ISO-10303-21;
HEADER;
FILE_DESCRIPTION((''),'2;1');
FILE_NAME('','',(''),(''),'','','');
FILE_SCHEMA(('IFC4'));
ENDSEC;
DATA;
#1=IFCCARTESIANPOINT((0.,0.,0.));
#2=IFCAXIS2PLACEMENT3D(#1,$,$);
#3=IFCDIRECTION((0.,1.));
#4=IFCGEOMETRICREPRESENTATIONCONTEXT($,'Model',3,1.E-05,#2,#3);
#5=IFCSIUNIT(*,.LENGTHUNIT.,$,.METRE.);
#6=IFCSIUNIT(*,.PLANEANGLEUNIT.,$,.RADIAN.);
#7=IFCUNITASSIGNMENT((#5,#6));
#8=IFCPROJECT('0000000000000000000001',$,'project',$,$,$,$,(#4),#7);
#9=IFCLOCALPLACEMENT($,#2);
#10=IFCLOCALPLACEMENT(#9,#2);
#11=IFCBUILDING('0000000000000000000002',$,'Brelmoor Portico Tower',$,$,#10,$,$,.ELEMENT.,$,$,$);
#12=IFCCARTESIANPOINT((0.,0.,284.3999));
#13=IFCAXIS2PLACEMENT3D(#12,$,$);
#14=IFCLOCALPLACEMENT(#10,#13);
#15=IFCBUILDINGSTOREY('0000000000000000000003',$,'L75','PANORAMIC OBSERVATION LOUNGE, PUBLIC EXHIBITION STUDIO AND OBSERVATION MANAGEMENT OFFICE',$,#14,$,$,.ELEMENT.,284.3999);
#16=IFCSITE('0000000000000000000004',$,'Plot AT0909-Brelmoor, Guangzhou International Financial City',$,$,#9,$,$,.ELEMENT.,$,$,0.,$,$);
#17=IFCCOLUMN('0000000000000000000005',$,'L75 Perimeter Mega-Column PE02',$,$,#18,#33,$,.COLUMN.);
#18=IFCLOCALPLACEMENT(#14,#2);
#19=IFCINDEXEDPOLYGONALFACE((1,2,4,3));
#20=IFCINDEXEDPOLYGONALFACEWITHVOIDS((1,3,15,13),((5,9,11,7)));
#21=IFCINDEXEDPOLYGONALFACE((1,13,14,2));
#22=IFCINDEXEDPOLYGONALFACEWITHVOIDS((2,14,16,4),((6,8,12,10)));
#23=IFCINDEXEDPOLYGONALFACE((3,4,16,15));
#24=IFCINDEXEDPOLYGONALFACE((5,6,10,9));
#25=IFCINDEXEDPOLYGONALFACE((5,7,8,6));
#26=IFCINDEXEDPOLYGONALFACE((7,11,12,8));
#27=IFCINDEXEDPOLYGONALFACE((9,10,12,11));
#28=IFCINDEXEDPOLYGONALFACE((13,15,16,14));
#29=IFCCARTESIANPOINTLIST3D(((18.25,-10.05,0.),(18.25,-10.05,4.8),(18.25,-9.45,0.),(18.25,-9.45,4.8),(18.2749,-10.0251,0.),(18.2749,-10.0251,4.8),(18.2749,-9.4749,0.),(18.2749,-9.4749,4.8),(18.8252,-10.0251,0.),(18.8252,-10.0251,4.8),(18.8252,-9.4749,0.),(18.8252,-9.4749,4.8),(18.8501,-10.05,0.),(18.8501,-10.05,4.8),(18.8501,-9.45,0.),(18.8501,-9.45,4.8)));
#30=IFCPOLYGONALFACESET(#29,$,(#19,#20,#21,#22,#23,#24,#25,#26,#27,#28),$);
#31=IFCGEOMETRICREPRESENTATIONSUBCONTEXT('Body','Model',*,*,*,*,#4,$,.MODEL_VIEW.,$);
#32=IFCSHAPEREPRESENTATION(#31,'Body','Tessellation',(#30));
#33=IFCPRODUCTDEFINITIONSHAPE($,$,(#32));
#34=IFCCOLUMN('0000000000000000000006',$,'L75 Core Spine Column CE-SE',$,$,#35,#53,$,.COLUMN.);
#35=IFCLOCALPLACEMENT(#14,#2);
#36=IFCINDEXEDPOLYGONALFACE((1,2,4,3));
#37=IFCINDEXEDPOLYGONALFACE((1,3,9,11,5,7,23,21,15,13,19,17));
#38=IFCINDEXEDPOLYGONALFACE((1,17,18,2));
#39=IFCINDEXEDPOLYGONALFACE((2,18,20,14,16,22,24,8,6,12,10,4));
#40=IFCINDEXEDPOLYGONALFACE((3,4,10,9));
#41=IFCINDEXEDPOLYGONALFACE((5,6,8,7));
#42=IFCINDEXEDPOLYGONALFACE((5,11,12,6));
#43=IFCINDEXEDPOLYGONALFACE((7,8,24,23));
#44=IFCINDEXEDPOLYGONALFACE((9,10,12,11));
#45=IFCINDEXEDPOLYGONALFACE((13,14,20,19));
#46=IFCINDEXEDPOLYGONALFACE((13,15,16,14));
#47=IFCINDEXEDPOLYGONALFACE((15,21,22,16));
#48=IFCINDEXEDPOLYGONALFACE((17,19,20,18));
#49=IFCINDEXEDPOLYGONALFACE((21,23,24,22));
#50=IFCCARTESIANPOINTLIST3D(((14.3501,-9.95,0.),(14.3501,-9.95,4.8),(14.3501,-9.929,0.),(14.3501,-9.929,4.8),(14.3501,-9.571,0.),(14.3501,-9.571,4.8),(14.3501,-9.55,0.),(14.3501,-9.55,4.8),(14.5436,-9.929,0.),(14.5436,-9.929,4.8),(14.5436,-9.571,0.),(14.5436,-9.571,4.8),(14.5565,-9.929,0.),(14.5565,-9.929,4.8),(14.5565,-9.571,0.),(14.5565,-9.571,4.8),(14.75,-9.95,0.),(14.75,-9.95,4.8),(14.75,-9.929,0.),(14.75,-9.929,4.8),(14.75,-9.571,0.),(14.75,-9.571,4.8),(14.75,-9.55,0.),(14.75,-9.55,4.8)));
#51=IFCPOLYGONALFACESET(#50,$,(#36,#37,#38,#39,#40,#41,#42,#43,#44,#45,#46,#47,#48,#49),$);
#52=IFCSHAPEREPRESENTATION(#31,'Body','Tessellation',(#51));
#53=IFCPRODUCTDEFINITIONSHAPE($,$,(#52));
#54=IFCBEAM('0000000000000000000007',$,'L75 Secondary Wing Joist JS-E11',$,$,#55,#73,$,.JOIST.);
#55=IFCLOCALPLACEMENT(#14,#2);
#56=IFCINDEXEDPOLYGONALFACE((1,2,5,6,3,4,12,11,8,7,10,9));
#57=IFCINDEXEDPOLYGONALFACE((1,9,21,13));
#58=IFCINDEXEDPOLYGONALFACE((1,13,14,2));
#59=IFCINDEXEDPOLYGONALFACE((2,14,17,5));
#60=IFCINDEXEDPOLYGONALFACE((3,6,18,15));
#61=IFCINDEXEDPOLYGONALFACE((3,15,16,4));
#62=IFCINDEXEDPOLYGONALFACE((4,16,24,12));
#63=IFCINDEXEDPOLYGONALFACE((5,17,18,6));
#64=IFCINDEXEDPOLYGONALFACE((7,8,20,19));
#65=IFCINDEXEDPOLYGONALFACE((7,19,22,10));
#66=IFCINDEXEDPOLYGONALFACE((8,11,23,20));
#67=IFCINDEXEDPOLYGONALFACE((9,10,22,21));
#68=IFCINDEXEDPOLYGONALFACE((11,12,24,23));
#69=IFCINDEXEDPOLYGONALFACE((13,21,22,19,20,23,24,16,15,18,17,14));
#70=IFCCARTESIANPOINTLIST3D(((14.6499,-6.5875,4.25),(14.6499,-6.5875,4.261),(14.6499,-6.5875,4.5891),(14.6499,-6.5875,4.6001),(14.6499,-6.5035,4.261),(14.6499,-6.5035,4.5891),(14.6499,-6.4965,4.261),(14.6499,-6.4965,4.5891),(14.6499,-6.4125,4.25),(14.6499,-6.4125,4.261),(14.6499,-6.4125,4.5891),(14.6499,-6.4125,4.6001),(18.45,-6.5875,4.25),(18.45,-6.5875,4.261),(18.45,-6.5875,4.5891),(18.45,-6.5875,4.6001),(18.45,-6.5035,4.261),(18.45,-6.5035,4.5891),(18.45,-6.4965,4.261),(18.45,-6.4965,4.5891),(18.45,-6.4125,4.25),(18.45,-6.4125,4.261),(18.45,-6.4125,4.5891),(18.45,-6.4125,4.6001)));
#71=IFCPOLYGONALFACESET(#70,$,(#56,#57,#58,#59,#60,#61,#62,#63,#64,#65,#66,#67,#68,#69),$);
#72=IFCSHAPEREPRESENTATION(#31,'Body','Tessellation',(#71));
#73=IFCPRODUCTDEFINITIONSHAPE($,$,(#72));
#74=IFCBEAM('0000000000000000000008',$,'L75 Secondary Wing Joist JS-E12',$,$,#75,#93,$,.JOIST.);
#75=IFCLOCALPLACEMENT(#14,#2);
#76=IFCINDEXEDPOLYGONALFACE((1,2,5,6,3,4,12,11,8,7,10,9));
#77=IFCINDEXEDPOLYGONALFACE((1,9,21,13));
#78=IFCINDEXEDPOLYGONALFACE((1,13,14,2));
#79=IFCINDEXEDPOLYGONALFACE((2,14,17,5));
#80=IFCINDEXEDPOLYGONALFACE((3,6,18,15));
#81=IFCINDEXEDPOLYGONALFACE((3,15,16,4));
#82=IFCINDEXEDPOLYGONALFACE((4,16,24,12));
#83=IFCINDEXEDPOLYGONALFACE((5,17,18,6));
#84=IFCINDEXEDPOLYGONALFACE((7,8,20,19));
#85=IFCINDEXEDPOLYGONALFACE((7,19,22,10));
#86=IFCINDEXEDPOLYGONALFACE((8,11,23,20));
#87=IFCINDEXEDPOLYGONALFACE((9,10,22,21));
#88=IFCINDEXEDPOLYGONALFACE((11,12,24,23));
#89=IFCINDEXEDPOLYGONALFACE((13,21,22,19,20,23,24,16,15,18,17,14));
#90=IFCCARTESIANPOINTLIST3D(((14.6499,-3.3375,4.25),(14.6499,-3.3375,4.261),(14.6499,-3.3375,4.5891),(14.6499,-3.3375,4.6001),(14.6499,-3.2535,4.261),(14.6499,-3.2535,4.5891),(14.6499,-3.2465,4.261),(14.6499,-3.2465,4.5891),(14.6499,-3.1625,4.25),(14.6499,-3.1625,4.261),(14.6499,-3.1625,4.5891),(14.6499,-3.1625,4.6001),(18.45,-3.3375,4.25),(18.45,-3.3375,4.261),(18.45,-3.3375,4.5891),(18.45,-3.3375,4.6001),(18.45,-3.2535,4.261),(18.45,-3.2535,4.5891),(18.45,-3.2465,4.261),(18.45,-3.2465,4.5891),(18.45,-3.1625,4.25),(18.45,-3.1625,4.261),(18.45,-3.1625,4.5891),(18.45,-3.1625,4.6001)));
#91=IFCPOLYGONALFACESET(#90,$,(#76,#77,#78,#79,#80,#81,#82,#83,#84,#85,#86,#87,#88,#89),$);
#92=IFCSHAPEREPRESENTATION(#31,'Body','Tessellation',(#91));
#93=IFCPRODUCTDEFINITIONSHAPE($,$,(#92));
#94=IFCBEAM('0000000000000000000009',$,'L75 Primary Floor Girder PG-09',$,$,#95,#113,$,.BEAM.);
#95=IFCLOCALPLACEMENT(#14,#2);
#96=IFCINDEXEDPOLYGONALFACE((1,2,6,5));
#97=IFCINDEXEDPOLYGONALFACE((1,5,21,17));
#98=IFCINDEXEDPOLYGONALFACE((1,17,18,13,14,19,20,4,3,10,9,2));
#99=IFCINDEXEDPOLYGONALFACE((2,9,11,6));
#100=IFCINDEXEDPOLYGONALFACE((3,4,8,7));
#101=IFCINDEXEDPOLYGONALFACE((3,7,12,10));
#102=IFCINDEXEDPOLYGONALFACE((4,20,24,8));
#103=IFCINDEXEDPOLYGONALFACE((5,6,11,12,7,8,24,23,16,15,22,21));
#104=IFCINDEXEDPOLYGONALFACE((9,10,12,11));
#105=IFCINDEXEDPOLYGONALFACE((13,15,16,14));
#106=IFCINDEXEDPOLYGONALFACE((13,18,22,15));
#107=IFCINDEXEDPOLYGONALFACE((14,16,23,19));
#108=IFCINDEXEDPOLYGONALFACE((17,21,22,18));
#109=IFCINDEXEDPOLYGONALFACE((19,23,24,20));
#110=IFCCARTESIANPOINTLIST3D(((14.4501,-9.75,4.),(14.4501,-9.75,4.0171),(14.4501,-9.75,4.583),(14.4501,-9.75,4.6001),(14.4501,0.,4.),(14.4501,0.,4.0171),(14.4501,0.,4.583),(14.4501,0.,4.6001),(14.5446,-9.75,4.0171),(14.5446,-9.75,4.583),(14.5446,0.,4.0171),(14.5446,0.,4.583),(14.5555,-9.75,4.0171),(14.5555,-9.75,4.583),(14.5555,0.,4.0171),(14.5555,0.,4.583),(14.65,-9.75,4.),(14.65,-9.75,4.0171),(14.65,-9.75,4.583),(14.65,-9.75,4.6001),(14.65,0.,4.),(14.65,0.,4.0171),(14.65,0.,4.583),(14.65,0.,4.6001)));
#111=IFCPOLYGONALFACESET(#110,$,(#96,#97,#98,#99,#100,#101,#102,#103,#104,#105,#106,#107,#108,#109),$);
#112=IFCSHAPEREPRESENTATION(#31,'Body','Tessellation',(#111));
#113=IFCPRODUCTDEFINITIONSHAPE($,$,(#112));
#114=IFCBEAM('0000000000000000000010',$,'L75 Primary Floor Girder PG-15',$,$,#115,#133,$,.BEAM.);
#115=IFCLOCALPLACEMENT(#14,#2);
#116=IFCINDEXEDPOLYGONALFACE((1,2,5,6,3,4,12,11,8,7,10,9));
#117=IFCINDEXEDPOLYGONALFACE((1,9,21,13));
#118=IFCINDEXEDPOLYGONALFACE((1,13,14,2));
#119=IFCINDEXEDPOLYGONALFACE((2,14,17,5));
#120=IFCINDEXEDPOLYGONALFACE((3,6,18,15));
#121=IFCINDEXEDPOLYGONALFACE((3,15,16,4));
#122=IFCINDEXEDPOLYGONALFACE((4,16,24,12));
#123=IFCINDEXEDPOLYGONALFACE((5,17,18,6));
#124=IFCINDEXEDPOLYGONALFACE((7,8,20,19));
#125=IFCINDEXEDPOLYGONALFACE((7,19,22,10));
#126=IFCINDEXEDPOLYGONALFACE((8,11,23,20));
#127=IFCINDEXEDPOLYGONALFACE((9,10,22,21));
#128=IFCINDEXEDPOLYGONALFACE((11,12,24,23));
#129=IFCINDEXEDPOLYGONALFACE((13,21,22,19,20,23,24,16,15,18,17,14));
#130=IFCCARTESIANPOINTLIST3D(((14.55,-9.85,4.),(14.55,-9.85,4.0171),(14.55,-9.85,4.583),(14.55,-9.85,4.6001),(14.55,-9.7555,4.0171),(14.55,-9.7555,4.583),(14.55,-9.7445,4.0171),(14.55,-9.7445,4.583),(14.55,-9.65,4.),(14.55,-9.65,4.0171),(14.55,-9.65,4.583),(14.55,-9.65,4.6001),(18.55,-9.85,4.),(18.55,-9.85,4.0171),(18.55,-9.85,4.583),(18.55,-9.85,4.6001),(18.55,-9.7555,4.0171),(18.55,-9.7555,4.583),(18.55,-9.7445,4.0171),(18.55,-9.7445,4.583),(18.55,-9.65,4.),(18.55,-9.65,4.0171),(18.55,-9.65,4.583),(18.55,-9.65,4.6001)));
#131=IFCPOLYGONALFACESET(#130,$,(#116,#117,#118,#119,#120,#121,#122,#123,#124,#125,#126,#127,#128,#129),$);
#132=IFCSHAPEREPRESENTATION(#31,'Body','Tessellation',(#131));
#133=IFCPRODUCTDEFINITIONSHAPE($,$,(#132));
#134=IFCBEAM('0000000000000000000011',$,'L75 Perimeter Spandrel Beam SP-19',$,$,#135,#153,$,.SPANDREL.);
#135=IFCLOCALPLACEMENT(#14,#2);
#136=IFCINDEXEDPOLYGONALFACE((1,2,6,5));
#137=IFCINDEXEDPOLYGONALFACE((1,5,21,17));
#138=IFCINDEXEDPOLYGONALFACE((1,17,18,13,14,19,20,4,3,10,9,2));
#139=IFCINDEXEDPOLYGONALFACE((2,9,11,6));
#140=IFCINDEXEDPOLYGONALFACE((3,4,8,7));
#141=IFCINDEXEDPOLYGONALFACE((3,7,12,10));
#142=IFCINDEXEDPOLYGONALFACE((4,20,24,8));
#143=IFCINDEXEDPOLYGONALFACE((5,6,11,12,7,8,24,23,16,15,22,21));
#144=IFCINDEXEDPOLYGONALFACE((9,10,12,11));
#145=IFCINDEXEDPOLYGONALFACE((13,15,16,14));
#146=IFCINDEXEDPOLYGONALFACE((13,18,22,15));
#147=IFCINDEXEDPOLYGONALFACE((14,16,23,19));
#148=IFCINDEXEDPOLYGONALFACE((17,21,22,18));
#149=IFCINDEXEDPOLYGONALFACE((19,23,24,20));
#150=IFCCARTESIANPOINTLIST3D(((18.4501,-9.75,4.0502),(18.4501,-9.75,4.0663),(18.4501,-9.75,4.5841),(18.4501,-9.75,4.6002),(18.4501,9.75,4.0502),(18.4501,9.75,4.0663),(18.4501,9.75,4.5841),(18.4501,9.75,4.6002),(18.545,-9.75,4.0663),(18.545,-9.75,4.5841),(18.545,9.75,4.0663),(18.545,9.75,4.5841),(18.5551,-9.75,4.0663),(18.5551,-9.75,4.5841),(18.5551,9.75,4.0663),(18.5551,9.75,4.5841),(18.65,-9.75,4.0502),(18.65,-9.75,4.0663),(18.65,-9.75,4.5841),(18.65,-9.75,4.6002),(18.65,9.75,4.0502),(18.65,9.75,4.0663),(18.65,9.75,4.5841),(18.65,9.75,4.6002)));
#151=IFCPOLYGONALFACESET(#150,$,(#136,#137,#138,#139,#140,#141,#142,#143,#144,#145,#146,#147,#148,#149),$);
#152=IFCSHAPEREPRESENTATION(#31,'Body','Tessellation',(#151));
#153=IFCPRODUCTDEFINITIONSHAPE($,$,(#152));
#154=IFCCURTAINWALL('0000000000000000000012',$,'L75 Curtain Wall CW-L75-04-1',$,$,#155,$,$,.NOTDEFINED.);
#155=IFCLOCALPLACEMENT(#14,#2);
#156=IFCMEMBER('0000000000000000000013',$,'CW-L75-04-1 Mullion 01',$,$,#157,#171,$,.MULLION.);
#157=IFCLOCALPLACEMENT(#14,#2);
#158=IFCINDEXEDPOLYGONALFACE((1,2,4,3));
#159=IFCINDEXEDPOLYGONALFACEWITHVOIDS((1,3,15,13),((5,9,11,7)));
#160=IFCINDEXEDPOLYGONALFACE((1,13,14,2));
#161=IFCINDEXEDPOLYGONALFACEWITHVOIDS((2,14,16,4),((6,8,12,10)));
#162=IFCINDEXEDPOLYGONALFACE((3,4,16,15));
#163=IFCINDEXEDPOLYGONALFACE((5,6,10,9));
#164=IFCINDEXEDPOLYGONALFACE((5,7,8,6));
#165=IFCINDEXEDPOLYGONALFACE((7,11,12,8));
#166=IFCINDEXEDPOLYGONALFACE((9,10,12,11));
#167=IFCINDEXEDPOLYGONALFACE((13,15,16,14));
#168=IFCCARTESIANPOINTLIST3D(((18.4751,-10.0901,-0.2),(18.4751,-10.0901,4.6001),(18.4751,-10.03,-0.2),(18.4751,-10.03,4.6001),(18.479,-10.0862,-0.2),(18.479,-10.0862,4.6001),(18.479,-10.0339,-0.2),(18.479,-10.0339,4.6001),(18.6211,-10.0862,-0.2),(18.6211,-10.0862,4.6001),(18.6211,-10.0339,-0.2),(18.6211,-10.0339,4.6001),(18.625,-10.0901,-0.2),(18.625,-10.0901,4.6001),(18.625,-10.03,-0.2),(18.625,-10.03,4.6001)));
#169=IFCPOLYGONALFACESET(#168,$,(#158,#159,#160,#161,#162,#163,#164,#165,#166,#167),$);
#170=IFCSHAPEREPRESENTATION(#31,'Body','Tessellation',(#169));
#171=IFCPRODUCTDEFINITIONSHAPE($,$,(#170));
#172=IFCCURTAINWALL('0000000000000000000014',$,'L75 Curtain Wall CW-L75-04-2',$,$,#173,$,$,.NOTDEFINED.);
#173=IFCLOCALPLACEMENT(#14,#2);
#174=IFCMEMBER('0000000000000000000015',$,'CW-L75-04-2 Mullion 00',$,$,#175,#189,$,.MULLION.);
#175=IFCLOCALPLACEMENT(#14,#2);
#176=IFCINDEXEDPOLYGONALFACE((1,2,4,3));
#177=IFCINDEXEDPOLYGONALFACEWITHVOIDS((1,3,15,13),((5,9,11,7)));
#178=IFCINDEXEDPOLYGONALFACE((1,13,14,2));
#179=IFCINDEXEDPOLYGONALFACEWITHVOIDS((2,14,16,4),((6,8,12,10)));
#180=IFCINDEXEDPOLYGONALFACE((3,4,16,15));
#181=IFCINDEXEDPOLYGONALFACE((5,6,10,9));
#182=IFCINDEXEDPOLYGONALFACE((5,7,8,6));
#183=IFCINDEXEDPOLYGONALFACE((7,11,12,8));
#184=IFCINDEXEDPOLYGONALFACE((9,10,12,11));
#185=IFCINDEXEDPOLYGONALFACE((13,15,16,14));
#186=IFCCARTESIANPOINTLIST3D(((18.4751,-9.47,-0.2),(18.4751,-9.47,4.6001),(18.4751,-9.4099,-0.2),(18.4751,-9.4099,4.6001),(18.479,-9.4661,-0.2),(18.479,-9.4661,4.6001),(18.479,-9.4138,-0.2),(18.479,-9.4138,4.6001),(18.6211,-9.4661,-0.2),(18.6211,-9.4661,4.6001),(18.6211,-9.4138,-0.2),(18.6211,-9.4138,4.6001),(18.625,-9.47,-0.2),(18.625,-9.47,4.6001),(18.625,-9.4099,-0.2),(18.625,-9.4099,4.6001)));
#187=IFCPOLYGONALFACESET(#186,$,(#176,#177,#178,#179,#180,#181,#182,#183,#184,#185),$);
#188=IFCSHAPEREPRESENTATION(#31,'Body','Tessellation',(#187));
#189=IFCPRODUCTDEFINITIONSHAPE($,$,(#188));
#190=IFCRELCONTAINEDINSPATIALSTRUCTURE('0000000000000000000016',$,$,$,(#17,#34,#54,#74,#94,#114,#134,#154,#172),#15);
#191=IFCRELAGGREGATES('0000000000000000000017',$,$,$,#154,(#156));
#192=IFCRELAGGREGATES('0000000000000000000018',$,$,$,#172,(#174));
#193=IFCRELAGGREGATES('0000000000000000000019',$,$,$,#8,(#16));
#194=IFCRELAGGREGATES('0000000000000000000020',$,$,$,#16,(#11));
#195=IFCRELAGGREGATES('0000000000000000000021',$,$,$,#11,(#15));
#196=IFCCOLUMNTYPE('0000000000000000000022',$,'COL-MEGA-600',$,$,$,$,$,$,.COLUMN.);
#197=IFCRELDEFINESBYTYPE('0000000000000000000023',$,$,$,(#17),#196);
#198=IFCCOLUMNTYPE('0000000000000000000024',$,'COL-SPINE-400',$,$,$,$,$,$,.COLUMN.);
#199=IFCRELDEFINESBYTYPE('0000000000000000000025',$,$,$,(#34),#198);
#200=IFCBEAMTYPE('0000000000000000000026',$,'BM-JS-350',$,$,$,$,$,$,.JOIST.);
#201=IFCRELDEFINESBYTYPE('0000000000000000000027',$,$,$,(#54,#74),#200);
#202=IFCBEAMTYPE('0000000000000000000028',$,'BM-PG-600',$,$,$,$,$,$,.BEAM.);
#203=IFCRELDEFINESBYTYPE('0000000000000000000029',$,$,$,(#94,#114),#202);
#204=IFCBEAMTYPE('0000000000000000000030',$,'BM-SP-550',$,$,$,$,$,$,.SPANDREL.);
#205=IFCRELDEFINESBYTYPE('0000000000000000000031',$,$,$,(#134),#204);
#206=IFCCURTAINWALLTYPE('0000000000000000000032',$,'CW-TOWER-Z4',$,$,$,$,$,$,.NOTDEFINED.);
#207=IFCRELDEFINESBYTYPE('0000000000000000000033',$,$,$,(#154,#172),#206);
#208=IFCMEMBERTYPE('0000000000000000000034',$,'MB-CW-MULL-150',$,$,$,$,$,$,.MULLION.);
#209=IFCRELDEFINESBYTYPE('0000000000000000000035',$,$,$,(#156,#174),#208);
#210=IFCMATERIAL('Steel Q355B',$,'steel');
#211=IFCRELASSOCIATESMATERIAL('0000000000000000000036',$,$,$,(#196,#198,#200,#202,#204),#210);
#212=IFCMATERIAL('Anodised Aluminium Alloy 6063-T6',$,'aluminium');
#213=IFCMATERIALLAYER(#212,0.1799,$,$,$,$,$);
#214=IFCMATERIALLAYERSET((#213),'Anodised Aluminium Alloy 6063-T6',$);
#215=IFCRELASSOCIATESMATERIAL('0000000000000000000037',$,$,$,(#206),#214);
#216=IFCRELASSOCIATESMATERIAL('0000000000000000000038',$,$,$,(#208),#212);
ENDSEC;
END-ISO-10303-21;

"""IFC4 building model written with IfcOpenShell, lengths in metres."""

from ifc_helpers import new_model, si_unit, direction, frame, origin, origin_2d, place, context, subcontext, project, spatial, hollow_rectangle, i_section, extrude, material, layer, layer_set, material_profile, profile_set, type_object, element, aggregate, save


model = new_model("IFC4")

# Units and contexts
model_context = context("Model", 3, precision=1e-05, world=origin(), true_north=direction((0.0, 1.0)))
body_context = subcontext(model_context, "Body", "Model", "MODEL_VIEW")
ifc_project = project(units=[si_unit("LENGTHUNIT", "METRE"), si_unit("PLANEANGLEUNIT", "RADIAN")], contexts=[model_context])

# Site, building, storey
site_placement = place(None, origin())
site = spatial("IfcSite", under=ifc_project, at=site_placement, Name="Plot AT0909-Brelmoor, Guangzhou International Financial City", CompositionType="ELEMENT", RefElevation=0.0)
building_placement = place(site_placement, origin())
building = spatial("IfcBuilding", under=site, at=building_placement, Name="Brelmoor Portico Tower", CompositionType="ELEMENT")
storey_placement = place(building_placement, frame((0.0, 0.0, 284.3999)))
storey = spatial("IfcBuildingStorey", under=building, at=storey_placement, Name="L75", Description="PANORAMIC OBSERVATION LOUNGE, PUBLIC EXHIBITION STUDIO AND OBSERVATION MANAGEMENT OFFICE", CompositionType="ELEMENT", Elevation=284.3999)

# Columns
ifc_material_1 = material(Name="Steel Q355B", Category="steel")
ifc_material_profile_1 = material_profile(ifc_material_1, hollow_rectangle(XDim=0.6001, YDim=0.6001, WallThickness=0.0249, at=origin_2d()), Name="BOX 600x600x25")
ifc_profile_set_1 = profile_set([ifc_material_profile_1], Name="Steel Q355B")
column_type_1 = type_object("IfcColumnType", Name="COL-MEGA-600", PredefinedType="COLUMN", material=ifc_profile_set_1)
column_1_placement = place(storey_placement, frame((18.55, -9.75, 0.0), z_axis=(0.0, 0.0, 1.0), x_axis=(0.0, 1.0, 0.0)))
element("IfcColumn", 1, at=column_1_placement, inside=storey, type_object=column_type_1, Name="L75 Perimeter Mega-Column PE02", PredefinedType="COLUMN", context=body_context, shape_type="SweptSolid", body=[
    extrude(hollow_rectangle(XDim=0.6001, YDim=0.6001, WallThickness=0.0249, at=origin_2d()), origin(), (0.0, 0.0, 1.0), 4.8),
])
ifc_material_profile_2 = material_profile(ifc_material_1, i_section(OverallWidth=0.3999, OverallDepth=0.3999, WebThickness=0.0129, FlangeThickness=0.021, at=origin_2d()), Name="HW 400x400x13x21")
ifc_profile_set_2 = profile_set([ifc_material_profile_2], Name="Steel Q355B")
column_type_2 = type_object("IfcColumnType", Name="COL-SPINE-400", PredefinedType="COLUMN", material=ifc_profile_set_2)
column_2_placement = place(storey_placement, frame((14.55, -9.75, 0.0), z_axis=(0.0, 0.0, 1.0), x_axis=(1.0, 0.0, 0.0)))
element("IfcColumn", 2, at=column_2_placement, inside=storey, type_object=column_type_2, Name="L75 Core Spine Column CE-SE", PredefinedType="COLUMN", context=body_context, shape_type="SweptSolid", body=[
    extrude(i_section(OverallWidth=0.3999, OverallDepth=0.3999, WebThickness=0.0129, FlangeThickness=0.021, at=origin_2d()), origin(), (0.0, 0.0, 1.0), 4.8),
])

# Beams
ifc_material_profile_3 = material_profile(ifc_material_1, i_section(OverallWidth=0.175, OverallDepth=0.3501, WebThickness=0.0071, FlangeThickness=0.011, at=origin_2d()), Name="HN 350x175x7x11")
ifc_profile_set_3 = profile_set([ifc_material_profile_3], Name="Steel Q355B")
beam_type_1 = type_object("IfcBeamType", Name="BM-JS-350", PredefinedType="JOIST", material=ifc_profile_set_3)
for number, where, z_axis, x_axis, name in (
    (3, (14.6499, -6.5, 4.425), (1.0, 0.0, 0.0), (0.0, 1.0, 0.0), "L75 Secondary Wing Joist JS-E11"),
    (4, (14.6499, -3.25, 4.425), (1.0, 0.0, 0.0), (0.0, 1.0, 0.0), "L75 Secondary Wing Joist JS-E12"),
):
    element("IfcBeam", number, at=place(storey_placement, frame(where, z_axis=z_axis, x_axis=x_axis)), inside=storey, type_object=beam_type_1, Name=name, PredefinedType="JOIST", context=body_context, shape_type="SweptSolid", body=[
        extrude(i_section(OverallWidth=0.175, OverallDepth=0.3501, WebThickness=0.0071, FlangeThickness=0.011, at=origin_2d()), origin(), (0.0, 0.0, 1.0), 3.8),
    ])
ifc_material_profile_4 = material_profile(ifc_material_1, i_section(OverallWidth=0.2, OverallDepth=0.6001, WebThickness=0.011, FlangeThickness=0.0171, at=origin_2d()), Name="HN 600x200x11x17")
ifc_profile_set_4 = profile_set([ifc_material_profile_4], Name="Steel Q355B")
beam_type_2 = type_object("IfcBeamType", Name="BM-PG-600", PredefinedType="BEAM", material=ifc_profile_set_4)
beam_1_placement = place(storey_placement, frame((14.55, -9.75, 4.3), z_axis=(0.0, 1.0, 0.0), x_axis=(-1.0, 0.0, 0.0)))
element("IfcBeam", 5, at=beam_1_placement, inside=storey, type_object=beam_type_2, Name="L75 Primary Floor Girder PG-09", PredefinedType="BEAM", context=body_context, shape_type="SweptSolid", body=[
    extrude(i_section(OverallWidth=0.2, OverallDepth=0.6001, WebThickness=0.011, FlangeThickness=0.0171, at=origin_2d()), origin(), (0.0, 0.0, 1.0), 9.75),
])
beam_2_placement = place(storey_placement, frame((14.55, -9.75, 4.3), z_axis=(1.0, 0.0, 0.0), x_axis=(0.0, 1.0, 0.0)))
element("IfcBeam", 6, at=beam_2_placement, inside=storey, type_object=beam_type_2, Name="L75 Primary Floor Girder PG-15", PredefinedType="BEAM", context=body_context, shape_type="SweptSolid", body=[
    extrude(i_section(OverallWidth=0.2, OverallDepth=0.6001, WebThickness=0.011, FlangeThickness=0.0171, at=origin_2d()), origin(), (0.0, 0.0, 1.0), 4.0),
])
ifc_material_profile_5 = material_profile(ifc_material_1, i_section(OverallWidth=0.2, OverallDepth=0.55, WebThickness=0.01, FlangeThickness=0.0161, at=origin_2d()), Name="HN 550x200x10x16")
ifc_profile_set_5 = profile_set([ifc_material_profile_5], Name="Steel Q355B")
beam_type_3 = type_object("IfcBeamType", Name="BM-SP-550", PredefinedType="SPANDREL", material=ifc_profile_set_5)
beam_3_placement = place(storey_placement, frame((18.55, -9.75, 4.3252), z_axis=(0.0, 1.0, 0.0), x_axis=(-1.0, 0.0, 0.0)))
element("IfcBeam", 7, at=beam_3_placement, inside=storey, type_object=beam_type_3, Name="L75 Perimeter Spandrel Beam SP-19", PredefinedType="SPANDREL", context=body_context, shape_type="SweptSolid", body=[
    extrude(i_section(OverallWidth=0.2, OverallDepth=0.55, WebThickness=0.01, FlangeThickness=0.0161, at=origin_2d()), origin(), (0.0, 0.0, 1.0), 19.5),
])

# Curtain wall, member
ifc_material_2 = material(Name="Anodised Aluminium Alloy 6063-T6", Category="aluminium")
ifc_layer_1 = layer(ifc_material_2, 0.1799)
ifc_layer_set_1 = layer_set([ifc_layer_1], Name="Anodised Aluminium Alloy 6063-T6")
curtain_wall_type = type_object("IfcCurtainWallType", Name="CW-TOWER-Z4", PredefinedType="NOTDEFINED", material=ifc_layer_set_1)
curtain_wall_1_placement = place(storey_placement, origin())
curtain_wall_1 = element("IfcCurtainWall", 8, at=curtain_wall_1_placement, inside=storey, type_object=curtain_wall_type, Name="L75 Curtain Wall CW-L75-04-1", PredefinedType="NOTDEFINED")
ifc_material_profile_6 = material_profile(ifc_material_2, hollow_rectangle(XDim=0.0601, YDim=0.1499, WallThickness=0.0039, at=origin_2d()), Name="ALU MULLION 60x150")
ifc_profile_set_6 = profile_set([ifc_material_profile_6], Name="Anodised Aluminium Alloy 6063-T6")
member_type_1 = type_object("IfcMemberType", Name="MB-CW-MULL-150", PredefinedType="MULLION", material=ifc_profile_set_6)
member_1_placement = place(storey_placement, frame((18.55, -10.0601, -0.2), z_axis=(0.0, 0.0, 1.0), x_axis=(0.0, 1.0, 0.0)))
member_1 = element("IfcMember", 9, at=member_1_placement, type_object=member_type_1, Name="CW-L75-04-1 Mullion 01", PredefinedType="MULLION", context=body_context, shape_type="SweptSolid", body=[
    extrude(hollow_rectangle(XDim=0.0601, YDim=0.1499, WallThickness=0.0039, at=origin_2d()), origin(), (0.0, 0.0, 1.0), 4.8),
])
aggregate(curtain_wall_1, [member_1])

# Curtain wall, member
curtain_wall_2_placement = place(storey_placement, origin())
curtain_wall_2 = element("IfcCurtainWall", 10, at=curtain_wall_2_placement, inside=storey, type_object=curtain_wall_type, Name="L75 Curtain Wall CW-L75-04-2", PredefinedType="NOTDEFINED")
member_2_placement = place(storey_placement, frame((18.55, -9.4399, -0.2), z_axis=(0.0, 0.0, 1.0), x_axis=(0.0, 1.0, 0.0)))
member_2 = element("IfcMember", 11, at=member_2_placement, type_object=member_type_1, Name="CW-L75-04-2 Mullion 00", PredefinedType="MULLION", context=body_context, shape_type="SweptSolid", body=[
    extrude(hollow_rectangle(XDim=0.0601, YDim=0.1499, WallThickness=0.0039, at=origin_2d()), origin(), (0.0, 0.0, 1.0), 4.8),
])

aggregate(curtain_wall_2, [member_2])

save(model, "model.ifc")
